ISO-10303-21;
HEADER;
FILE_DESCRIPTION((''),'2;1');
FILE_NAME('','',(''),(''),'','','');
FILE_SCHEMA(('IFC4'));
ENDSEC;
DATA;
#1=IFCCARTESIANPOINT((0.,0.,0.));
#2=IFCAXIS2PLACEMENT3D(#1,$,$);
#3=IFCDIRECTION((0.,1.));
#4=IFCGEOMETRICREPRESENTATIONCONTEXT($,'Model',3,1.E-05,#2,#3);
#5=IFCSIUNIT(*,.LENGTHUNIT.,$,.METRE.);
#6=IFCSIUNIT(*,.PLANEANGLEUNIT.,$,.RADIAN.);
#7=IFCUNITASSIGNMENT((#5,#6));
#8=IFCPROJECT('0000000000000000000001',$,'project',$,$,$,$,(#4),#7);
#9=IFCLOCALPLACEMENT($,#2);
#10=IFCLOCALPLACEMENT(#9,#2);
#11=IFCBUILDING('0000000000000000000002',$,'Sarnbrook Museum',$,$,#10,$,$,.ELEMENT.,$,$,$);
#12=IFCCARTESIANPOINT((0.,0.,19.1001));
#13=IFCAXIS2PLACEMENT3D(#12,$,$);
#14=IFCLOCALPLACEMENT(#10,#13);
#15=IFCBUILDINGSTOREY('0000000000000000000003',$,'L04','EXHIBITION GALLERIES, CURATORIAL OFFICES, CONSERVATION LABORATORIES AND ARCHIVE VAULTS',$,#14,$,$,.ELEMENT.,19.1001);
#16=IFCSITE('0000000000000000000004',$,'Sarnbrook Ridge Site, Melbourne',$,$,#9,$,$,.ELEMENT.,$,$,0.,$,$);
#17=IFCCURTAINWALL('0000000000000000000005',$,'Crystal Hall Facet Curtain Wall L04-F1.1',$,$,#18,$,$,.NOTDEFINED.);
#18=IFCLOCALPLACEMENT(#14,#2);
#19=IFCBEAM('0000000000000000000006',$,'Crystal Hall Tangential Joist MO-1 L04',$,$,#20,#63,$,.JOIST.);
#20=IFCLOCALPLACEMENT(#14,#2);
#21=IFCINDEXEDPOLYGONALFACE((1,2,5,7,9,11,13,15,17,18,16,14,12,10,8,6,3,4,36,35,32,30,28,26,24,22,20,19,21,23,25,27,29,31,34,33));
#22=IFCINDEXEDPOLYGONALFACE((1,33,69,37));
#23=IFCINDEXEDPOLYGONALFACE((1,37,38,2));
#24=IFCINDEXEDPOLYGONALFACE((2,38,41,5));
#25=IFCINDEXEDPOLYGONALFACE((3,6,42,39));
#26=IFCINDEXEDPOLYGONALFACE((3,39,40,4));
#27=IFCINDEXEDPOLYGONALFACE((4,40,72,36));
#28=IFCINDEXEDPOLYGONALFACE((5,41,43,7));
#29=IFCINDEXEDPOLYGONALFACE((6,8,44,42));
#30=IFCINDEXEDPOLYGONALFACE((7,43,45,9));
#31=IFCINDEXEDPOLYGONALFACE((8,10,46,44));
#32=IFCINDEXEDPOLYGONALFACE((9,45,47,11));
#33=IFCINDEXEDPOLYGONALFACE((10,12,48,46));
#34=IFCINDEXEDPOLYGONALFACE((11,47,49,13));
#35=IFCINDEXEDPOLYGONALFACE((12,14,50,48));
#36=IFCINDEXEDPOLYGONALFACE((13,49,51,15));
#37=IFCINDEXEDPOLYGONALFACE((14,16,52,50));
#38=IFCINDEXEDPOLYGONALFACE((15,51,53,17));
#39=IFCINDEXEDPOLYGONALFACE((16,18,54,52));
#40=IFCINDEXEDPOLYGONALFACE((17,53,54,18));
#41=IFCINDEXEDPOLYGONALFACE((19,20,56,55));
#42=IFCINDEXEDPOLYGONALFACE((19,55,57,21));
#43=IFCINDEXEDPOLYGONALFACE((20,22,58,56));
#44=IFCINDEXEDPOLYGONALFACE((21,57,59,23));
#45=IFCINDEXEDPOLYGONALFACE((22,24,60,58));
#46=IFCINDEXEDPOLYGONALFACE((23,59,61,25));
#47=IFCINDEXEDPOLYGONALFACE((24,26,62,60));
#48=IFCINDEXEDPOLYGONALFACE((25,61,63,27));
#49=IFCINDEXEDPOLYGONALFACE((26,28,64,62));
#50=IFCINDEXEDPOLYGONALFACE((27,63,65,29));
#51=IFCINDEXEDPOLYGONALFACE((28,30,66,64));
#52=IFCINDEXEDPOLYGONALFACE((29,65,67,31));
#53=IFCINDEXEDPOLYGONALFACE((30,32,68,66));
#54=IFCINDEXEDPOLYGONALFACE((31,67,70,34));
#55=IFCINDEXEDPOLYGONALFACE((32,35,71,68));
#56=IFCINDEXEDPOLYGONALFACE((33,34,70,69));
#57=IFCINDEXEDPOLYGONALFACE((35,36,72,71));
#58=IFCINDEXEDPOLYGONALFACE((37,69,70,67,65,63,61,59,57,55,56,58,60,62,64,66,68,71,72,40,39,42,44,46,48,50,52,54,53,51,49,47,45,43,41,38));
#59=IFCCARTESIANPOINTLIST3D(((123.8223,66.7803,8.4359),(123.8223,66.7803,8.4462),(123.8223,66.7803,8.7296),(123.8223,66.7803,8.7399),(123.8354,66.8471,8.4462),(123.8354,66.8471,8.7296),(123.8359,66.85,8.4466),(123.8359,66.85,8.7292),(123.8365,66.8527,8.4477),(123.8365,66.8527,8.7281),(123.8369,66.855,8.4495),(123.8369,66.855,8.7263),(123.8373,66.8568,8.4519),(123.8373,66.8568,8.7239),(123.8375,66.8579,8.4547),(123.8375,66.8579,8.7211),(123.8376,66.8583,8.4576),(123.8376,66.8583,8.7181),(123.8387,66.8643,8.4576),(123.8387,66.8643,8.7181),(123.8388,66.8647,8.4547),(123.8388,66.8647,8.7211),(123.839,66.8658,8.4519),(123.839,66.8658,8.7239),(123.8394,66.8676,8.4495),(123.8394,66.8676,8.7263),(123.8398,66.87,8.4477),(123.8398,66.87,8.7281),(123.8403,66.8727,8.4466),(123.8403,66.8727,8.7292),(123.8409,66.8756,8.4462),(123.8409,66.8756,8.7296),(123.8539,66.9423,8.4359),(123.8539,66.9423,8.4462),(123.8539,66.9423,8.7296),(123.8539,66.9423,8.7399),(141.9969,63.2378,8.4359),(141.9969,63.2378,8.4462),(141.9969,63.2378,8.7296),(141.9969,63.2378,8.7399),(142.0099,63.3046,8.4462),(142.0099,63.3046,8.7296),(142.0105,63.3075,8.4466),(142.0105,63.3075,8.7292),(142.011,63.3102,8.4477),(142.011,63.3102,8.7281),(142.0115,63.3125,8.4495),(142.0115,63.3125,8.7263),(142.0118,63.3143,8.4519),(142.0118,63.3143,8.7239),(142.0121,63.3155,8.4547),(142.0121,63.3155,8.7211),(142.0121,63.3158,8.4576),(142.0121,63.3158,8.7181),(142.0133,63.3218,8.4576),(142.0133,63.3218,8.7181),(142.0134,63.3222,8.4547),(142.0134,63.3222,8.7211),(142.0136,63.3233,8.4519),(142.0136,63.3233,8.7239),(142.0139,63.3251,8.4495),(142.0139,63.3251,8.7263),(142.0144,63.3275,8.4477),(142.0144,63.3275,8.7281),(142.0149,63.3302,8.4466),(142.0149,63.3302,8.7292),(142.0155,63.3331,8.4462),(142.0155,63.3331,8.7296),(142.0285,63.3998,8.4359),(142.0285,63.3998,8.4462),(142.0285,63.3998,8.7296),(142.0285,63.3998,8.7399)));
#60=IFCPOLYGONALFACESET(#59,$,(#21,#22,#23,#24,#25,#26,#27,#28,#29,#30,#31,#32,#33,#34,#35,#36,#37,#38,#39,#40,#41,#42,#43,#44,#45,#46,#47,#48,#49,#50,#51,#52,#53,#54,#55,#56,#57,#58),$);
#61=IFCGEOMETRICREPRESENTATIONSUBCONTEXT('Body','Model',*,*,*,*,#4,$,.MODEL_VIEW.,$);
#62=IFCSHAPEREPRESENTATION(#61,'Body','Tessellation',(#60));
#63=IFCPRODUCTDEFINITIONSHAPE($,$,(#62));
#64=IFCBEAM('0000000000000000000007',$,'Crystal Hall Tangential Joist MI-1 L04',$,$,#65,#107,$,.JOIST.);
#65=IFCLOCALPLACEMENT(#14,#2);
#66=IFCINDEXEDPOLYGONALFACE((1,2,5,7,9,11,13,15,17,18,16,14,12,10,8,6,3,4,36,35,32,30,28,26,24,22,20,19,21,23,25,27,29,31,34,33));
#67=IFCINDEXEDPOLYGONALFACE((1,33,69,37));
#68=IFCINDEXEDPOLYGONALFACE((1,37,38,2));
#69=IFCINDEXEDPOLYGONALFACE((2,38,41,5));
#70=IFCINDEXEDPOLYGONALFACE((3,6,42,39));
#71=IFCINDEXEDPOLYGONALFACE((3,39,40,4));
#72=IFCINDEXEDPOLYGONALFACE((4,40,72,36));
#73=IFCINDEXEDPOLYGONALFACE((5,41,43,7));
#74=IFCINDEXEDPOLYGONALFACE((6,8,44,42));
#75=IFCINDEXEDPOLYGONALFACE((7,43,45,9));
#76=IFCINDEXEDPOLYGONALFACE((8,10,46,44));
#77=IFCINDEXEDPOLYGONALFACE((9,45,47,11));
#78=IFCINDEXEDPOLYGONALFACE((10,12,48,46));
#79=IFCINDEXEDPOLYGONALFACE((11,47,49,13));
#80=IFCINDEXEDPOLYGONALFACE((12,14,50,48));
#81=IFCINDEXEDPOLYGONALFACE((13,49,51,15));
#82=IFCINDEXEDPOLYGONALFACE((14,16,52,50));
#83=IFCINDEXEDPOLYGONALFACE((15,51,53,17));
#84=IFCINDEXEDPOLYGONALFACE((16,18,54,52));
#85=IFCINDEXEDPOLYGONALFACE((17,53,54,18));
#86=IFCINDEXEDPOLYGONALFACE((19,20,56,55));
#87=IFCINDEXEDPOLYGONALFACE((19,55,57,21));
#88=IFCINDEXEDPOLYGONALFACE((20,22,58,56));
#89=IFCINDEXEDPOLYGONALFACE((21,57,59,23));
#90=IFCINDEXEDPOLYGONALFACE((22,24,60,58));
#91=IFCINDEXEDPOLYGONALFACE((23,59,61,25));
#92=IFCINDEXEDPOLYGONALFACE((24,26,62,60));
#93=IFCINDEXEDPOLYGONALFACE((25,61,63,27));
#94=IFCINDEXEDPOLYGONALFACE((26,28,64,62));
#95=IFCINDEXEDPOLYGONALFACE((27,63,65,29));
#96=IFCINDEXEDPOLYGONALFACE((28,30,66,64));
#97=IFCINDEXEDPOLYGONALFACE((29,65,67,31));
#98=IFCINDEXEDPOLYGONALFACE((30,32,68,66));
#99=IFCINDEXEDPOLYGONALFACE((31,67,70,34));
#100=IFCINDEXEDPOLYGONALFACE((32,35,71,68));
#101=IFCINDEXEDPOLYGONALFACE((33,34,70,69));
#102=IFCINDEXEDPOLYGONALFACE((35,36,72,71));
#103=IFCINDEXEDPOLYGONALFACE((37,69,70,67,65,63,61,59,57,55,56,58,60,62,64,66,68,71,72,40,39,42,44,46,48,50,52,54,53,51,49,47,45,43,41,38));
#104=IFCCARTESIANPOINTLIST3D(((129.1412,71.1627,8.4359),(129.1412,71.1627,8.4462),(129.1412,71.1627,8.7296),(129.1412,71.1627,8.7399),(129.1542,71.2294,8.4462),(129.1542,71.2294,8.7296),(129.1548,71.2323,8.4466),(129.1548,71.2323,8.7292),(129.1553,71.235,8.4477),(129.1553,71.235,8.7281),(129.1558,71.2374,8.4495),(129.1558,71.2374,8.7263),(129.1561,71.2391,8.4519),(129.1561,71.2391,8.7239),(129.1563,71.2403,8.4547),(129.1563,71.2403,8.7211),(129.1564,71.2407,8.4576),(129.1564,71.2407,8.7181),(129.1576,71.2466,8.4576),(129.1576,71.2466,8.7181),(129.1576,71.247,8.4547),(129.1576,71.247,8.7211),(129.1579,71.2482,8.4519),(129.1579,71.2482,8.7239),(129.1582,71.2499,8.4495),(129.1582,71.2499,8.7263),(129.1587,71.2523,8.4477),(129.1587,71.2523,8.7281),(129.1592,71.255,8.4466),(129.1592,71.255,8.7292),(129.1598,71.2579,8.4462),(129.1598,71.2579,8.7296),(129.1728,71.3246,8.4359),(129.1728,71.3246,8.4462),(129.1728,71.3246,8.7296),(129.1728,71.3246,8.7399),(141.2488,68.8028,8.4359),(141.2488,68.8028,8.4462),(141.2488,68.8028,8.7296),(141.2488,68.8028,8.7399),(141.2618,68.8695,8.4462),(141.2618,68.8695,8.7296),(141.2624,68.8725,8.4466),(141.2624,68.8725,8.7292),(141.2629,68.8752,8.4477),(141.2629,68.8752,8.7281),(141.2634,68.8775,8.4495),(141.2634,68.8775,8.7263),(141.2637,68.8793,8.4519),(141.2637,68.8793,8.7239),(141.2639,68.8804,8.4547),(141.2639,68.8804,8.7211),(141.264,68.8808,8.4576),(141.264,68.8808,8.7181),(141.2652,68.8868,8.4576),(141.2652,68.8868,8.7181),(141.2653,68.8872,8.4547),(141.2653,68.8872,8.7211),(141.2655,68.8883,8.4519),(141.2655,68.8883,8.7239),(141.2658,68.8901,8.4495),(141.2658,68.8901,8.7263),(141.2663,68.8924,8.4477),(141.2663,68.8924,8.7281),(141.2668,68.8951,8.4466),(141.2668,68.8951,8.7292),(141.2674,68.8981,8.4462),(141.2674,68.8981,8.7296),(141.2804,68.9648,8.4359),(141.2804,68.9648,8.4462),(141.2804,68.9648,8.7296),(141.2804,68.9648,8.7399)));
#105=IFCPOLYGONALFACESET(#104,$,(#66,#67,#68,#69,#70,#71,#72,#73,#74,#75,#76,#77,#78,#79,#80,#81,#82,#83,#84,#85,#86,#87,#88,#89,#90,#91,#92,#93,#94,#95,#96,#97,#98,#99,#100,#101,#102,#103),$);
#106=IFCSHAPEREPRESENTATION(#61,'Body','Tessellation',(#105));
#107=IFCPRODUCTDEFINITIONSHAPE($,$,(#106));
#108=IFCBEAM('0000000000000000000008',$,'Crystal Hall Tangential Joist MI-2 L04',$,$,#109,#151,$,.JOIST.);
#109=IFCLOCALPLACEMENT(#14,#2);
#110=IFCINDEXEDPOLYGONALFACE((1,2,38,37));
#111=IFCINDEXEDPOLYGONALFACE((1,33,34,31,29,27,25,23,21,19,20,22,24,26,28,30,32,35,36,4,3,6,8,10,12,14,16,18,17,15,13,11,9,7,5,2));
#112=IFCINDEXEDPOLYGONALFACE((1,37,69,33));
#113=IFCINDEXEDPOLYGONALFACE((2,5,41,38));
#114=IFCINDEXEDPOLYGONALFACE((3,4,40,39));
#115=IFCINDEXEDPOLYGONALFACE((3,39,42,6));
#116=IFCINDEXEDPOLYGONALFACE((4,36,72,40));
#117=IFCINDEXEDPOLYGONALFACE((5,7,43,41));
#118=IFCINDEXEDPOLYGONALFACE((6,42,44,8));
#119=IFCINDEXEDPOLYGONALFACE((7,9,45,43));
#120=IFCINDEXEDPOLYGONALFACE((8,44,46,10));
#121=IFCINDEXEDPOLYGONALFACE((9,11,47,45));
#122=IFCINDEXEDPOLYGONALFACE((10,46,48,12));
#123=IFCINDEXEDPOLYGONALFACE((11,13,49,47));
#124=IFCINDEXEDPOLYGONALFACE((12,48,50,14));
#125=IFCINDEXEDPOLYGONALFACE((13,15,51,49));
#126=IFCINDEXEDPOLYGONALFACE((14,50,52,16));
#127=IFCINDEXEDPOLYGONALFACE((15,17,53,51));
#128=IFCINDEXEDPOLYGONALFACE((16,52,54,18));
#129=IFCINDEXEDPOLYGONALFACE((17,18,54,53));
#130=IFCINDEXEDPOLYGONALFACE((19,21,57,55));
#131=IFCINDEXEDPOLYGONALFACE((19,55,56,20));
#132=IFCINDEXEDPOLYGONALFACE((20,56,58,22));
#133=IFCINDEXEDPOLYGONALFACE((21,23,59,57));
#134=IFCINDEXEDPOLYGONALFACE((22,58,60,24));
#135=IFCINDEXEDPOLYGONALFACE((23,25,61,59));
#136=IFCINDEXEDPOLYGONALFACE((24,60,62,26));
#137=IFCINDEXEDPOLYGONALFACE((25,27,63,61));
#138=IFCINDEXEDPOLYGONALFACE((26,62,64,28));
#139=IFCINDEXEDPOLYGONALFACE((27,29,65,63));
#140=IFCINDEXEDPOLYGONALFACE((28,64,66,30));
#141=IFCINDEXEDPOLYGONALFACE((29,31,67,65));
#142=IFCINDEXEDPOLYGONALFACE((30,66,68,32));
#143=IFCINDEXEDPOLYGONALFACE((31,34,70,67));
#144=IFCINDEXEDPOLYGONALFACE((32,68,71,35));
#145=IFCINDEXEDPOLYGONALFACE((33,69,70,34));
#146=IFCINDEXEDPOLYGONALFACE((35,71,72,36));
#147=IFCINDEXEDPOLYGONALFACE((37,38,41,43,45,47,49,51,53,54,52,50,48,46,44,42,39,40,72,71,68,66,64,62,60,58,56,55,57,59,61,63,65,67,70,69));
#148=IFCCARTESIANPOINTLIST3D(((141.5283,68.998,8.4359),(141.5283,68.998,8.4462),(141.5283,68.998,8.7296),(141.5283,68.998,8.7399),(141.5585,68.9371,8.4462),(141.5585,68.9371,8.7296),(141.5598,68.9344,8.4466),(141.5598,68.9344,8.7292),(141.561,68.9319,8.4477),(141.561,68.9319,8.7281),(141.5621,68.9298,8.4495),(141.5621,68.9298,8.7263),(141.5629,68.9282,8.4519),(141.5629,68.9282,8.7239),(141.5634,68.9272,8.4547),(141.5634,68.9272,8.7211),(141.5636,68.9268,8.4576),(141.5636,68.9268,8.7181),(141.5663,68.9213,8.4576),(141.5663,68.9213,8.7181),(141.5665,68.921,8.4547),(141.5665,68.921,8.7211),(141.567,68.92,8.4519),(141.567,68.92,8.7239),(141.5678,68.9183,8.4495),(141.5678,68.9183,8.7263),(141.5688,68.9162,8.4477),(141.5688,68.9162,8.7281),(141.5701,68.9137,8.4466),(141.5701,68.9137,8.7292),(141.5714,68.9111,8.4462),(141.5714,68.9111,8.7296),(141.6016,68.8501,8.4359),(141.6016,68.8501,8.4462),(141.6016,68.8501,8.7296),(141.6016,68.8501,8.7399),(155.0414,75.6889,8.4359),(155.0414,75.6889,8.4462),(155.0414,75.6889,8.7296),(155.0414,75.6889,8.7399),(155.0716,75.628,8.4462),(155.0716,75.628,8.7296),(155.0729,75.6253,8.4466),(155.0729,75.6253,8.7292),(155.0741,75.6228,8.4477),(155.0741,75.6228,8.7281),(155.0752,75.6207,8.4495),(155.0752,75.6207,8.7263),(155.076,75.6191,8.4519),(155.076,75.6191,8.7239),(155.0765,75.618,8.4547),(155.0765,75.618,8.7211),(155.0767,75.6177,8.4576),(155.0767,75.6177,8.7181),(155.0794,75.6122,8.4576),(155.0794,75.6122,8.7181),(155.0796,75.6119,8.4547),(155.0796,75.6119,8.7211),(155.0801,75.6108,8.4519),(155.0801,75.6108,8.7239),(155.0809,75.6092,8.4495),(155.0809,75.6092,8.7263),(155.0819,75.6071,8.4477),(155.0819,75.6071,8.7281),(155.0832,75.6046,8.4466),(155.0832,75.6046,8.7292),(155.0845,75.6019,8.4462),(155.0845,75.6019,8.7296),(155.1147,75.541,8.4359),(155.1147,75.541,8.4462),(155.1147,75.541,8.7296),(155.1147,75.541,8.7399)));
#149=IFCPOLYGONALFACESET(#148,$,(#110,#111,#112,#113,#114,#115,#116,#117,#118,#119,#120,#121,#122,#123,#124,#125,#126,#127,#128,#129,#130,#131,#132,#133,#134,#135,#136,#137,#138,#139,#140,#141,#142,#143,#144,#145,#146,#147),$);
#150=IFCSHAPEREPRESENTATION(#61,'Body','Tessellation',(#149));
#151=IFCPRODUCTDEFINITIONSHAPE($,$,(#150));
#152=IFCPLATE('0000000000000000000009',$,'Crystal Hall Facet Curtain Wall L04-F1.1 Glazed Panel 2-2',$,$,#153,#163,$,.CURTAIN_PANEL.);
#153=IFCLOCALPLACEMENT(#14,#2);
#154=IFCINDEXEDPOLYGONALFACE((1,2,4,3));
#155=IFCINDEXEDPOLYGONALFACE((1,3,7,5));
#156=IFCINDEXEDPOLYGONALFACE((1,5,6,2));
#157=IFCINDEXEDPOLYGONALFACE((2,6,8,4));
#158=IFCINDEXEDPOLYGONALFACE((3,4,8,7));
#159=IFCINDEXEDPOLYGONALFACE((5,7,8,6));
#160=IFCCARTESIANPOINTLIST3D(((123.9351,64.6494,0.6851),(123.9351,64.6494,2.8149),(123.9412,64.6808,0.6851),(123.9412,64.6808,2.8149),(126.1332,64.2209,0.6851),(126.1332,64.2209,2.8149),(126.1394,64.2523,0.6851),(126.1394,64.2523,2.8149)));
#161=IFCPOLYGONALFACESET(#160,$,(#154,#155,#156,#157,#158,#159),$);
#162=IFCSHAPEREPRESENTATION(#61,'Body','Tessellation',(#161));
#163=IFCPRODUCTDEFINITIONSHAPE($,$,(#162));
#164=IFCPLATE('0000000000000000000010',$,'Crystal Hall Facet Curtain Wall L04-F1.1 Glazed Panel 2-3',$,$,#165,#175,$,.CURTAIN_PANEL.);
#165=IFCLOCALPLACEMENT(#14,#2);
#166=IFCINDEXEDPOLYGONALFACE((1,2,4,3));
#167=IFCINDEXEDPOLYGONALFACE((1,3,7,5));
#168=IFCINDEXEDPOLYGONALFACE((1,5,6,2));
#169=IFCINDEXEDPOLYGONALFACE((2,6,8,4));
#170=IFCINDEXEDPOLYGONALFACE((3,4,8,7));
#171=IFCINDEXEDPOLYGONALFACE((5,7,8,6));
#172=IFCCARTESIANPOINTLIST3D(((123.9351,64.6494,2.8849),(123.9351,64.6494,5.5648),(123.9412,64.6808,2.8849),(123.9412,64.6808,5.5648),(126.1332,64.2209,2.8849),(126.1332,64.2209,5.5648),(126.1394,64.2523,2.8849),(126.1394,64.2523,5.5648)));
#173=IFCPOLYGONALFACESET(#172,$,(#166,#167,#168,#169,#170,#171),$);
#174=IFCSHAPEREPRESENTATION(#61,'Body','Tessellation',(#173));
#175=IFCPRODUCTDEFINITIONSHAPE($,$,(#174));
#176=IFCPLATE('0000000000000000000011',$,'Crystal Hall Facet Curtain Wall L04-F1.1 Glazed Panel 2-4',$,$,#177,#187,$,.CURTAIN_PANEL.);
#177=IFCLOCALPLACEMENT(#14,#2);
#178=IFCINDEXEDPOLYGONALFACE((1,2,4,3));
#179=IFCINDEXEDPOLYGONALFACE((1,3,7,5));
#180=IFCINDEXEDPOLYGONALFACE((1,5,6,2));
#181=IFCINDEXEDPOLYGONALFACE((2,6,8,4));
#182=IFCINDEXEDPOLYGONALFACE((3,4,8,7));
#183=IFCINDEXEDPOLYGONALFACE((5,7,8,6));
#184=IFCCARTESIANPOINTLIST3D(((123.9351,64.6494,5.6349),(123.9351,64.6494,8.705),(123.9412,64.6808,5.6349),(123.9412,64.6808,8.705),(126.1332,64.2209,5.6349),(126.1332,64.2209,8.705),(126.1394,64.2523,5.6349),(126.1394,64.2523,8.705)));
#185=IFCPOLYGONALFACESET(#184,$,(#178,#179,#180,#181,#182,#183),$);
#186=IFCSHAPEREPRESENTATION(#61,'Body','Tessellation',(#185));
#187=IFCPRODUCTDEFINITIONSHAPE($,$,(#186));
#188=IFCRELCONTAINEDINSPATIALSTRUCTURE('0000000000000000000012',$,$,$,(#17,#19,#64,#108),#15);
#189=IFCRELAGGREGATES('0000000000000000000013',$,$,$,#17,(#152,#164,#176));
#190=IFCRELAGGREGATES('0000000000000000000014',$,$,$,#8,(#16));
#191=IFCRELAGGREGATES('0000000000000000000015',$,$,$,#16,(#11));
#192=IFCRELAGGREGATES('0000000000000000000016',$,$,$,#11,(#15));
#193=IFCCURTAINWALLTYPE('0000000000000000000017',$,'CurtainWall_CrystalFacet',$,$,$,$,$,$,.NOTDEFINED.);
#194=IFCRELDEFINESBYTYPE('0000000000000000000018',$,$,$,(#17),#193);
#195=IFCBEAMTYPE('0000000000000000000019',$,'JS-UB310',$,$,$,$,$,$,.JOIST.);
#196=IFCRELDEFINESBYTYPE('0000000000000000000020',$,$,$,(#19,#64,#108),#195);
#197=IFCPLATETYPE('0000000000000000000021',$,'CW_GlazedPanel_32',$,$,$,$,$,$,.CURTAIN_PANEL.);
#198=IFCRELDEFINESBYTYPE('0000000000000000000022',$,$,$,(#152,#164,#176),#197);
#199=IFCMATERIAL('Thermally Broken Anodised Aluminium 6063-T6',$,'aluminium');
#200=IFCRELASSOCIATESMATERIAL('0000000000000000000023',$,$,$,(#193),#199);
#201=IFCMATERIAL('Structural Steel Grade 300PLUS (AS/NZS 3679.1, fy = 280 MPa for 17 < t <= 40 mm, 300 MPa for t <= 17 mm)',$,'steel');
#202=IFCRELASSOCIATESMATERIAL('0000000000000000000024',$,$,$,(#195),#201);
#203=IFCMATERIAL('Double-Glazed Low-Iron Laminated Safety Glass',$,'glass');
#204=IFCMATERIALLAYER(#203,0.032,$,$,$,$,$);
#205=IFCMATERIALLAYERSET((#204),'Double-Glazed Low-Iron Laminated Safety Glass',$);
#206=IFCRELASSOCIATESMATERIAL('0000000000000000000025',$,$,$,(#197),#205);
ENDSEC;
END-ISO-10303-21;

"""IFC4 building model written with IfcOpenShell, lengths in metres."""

from ifc_helpers import new_model, si_unit, direction, frame, origin, origin_2d, place, context, subcontext, project, spatial, rectangle, i_section, extrude, material, layer, layer_set, material_profile, profile_set, type_object, element, aggregate, save


model = new_model("IFC4")

# Units and contexts
model_context = context("Model", 3, precision=1e-05, world=origin(), true_north=direction((0.0, 1.0)))
body_context = subcontext(model_context, "Body", "Model", "MODEL_VIEW")
ifc_project = project(units=[si_unit("LENGTHUNIT", "METRE"), si_unit("PLANEANGLEUNIT", "RADIAN")], contexts=[model_context])

# Site, building, storey
site_placement = place(None, origin())
site = spatial("IfcSite", under=ifc_project, at=site_placement, Name="Sarnbrook Ridge Site, Melbourne", CompositionType="ELEMENT", RefElevation=0.0)
building_placement = place(site_placement, origin())
building = spatial("IfcBuilding", under=site, at=building_placement, Name="Sarnbrook Museum", CompositionType="ELEMENT")
storey_placement = place(building_placement, frame((0.0, 0.0, 19.1001)))
storey = spatial("IfcBuildingStorey", under=building, at=storey_placement, Name="L04", Description="EXHIBITION GALLERIES, CURATORIAL OFFICES, CONSERVATION LABORATORIES AND ARCHIVE VAULTS", CompositionType="ELEMENT", Elevation=19.1001)

# Curtain wall
ifc_material_1 = material(Name="Thermally Broken Anodised Aluminium 6063-T6", Category="aluminium")
curtain_wall_type = type_object("IfcCurtainWallType", Name="CurtainWall_CrystalFacet", PredefinedType="NOTDEFINED", material=ifc_material_1)
curtain_wall_placement = place(storey_placement, origin())
curtain_wall = element("IfcCurtainWall", 1, at=curtain_wall_placement, inside=storey, type_object=curtain_wall_type, Name="Crystal Hall Facet Curtain Wall L04-F1.1", PredefinedType="NOTDEFINED")

# Beams
ifc_material_2 = material(Name="Structural Steel Grade 300PLUS (AS/NZS 3679.1, fy = 280 MPa for 17 < t <= 40 mm, 300 MPa for t <= 17 mm)", Category="steel")
ifc_material_profile_1 = material_profile(ifc_material_2, i_section(OverallWidth=0.165, OverallDepth=0.304, WebThickness=0.0061, FlangeThickness=0.0103, FilletRadius=0.0115, at=origin_2d()), Name="310UB40.4")
ifc_profile_set_1 = profile_set([ifc_material_profile_1], Name="Structural Steel Grade 300PLUS (AS/NZS 3679.1, fy = 280 MPa for 17 < t <= 40 mm, 300 MPa for t <= 17 mm)")
beam_type_1 = type_object("IfcBeamType", Name="JS-UB310", PredefinedType="JOIST", material=ifc_profile_set_1)
beam_1_placement = place(storey_placement, frame((123.8381, 66.8613, 8.5879), z_axis=(0.981529, -0.191314, 0.0), x_axis=(0.191314, 0.981529, 0.0)))
element("IfcBeam", 2, at=beam_1_placement, inside=storey, type_object=beam_type_1, Name="Crystal Hall Tangential Joist MO-1 L04", PredefinedType="JOIST", context=body_context, shape_type="SweptSolid", body=[
    extrude(i_section(OverallWidth=0.165, OverallDepth=0.304, WebThickness=0.0061, FlangeThickness=0.0103, FilletRadius=0.0115, at=origin_2d()), origin(), (0.0, 0.0, 1.0), 18.5166),
])
beam_2_placement = place(storey_placement, frame((129.157, 71.2437, 8.5879), z_axis=(0.98153, -0.191307, 0.0), x_axis=(0.191307, 0.98153, 0.0)))
element("IfcBeam", 3, at=beam_2_placement, inside=storey, type_object=beam_type_1, Name="Crystal Hall Tangential Joist MI-1 L04", PredefinedType="JOIST", context=body_context, shape_type="SweptSolid", body=[
    extrude(i_section(OverallWidth=0.165, OverallDepth=0.304, WebThickness=0.0061, FlangeThickness=0.0103, FilletRadius=0.0115, at=origin_2d()), origin(), (0.0, 0.0, 1.0), 12.3354),
])
beam_3_placement = place(storey_placement, frame((141.5649, 68.9241, 8.5879), z_axis=(0.896163, 0.443726, 0.0), x_axis=(-0.443726, 0.896163, 0.0)))
element("IfcBeam", 4, at=beam_3_placement, inside=storey, type_object=beam_type_1, Name="Crystal Hall Tangential Joist MI-2 L04", PredefinedType="JOIST", context=body_context, shape_type="SweptSolid", body=[
    extrude(i_section(OverallWidth=0.165, OverallDepth=0.304, WebThickness=0.0061, FlangeThickness=0.0103, FilletRadius=0.0115, at=origin_2d()), origin(), (0.0, 0.0, 1.0), 15.0789),
])

# Plates
ifc_material_3 = material(Name="Double-Glazed Low-Iron Laminated Safety Glass", Category="glass")
ifc_layer_1 = layer(ifc_material_3, 0.032)
ifc_layer_set_1 = layer_set([ifc_layer_1], Name="Double-Glazed Low-Iron Laminated Safety Glass")
plate_type_1 = type_object("IfcPlateType", Name="CW_GlazedPanel_32", PredefinedType="CURTAIN_PANEL", material=ifc_layer_set_1)
plate_1_placement = place(storey_placement, frame((125.0403, 64.4666, 1.75), z_axis=(-0.191313, -0.981529, 0.0), x_axis=(0.981529, -0.191313, 0.0)))
plate_1 = element("IfcPlate", 5, at=plate_1_placement, type_object=plate_type_1, Name="Crystal Hall Facet Curtain Wall L04-F1.1 Glazed Panel 2-2", PredefinedType="CURTAIN_PANEL", context=body_context, shape_type="SweptSolid", body=[
    extrude(rectangle(XDim=2.2395, YDim=2.1299, at=origin_2d()), origin(), (0.0, 0.0, 1.0), 0.032),
])
plate_2_placement = place(storey_placement, frame((125.0403, 64.4666, 4.2249), z_axis=(-0.191313, -0.981529, 0.0), x_axis=(0.981529, -0.191313, 0.0)))
plate_2 = element("IfcPlate", 6, at=plate_2_placement, type_object=plate_type_1, Name="Crystal Hall Facet Curtain Wall L04-F1.1 Glazed Panel 2-3", PredefinedType="CURTAIN_PANEL", context=body_context, shape_type="SweptSolid", body=[
    extrude(rectangle(XDim=2.2395, YDim=2.6799, at=origin_2d()), origin(), (0.0, 0.0, 1.0), 0.032),
])
plate_3_placement = place(storey_placement, frame((125.0403, 64.4666, 7.1699), z_axis=(-0.191313, -0.981529, 0.0), x_axis=(0.981529, -0.191313, 0.0)))
plate_3 = element("IfcPlate", 7, at=plate_3_placement, type_object=plate_type_1, Name="Crystal Hall Facet Curtain Wall L04-F1.1 Glazed Panel 2-4", PredefinedType="CURTAIN_PANEL", context=body_context, shape_type="SweptSolid", body=[
    extrude(rectangle(XDim=2.2395, YDim=3.0701, at=origin_2d()), origin(), (0.0, 0.0, 1.0), 0.032),
])
aggregate(curtain_wall, [plate_1, plate_2, plate_3])

save(model, "model.ifc")
